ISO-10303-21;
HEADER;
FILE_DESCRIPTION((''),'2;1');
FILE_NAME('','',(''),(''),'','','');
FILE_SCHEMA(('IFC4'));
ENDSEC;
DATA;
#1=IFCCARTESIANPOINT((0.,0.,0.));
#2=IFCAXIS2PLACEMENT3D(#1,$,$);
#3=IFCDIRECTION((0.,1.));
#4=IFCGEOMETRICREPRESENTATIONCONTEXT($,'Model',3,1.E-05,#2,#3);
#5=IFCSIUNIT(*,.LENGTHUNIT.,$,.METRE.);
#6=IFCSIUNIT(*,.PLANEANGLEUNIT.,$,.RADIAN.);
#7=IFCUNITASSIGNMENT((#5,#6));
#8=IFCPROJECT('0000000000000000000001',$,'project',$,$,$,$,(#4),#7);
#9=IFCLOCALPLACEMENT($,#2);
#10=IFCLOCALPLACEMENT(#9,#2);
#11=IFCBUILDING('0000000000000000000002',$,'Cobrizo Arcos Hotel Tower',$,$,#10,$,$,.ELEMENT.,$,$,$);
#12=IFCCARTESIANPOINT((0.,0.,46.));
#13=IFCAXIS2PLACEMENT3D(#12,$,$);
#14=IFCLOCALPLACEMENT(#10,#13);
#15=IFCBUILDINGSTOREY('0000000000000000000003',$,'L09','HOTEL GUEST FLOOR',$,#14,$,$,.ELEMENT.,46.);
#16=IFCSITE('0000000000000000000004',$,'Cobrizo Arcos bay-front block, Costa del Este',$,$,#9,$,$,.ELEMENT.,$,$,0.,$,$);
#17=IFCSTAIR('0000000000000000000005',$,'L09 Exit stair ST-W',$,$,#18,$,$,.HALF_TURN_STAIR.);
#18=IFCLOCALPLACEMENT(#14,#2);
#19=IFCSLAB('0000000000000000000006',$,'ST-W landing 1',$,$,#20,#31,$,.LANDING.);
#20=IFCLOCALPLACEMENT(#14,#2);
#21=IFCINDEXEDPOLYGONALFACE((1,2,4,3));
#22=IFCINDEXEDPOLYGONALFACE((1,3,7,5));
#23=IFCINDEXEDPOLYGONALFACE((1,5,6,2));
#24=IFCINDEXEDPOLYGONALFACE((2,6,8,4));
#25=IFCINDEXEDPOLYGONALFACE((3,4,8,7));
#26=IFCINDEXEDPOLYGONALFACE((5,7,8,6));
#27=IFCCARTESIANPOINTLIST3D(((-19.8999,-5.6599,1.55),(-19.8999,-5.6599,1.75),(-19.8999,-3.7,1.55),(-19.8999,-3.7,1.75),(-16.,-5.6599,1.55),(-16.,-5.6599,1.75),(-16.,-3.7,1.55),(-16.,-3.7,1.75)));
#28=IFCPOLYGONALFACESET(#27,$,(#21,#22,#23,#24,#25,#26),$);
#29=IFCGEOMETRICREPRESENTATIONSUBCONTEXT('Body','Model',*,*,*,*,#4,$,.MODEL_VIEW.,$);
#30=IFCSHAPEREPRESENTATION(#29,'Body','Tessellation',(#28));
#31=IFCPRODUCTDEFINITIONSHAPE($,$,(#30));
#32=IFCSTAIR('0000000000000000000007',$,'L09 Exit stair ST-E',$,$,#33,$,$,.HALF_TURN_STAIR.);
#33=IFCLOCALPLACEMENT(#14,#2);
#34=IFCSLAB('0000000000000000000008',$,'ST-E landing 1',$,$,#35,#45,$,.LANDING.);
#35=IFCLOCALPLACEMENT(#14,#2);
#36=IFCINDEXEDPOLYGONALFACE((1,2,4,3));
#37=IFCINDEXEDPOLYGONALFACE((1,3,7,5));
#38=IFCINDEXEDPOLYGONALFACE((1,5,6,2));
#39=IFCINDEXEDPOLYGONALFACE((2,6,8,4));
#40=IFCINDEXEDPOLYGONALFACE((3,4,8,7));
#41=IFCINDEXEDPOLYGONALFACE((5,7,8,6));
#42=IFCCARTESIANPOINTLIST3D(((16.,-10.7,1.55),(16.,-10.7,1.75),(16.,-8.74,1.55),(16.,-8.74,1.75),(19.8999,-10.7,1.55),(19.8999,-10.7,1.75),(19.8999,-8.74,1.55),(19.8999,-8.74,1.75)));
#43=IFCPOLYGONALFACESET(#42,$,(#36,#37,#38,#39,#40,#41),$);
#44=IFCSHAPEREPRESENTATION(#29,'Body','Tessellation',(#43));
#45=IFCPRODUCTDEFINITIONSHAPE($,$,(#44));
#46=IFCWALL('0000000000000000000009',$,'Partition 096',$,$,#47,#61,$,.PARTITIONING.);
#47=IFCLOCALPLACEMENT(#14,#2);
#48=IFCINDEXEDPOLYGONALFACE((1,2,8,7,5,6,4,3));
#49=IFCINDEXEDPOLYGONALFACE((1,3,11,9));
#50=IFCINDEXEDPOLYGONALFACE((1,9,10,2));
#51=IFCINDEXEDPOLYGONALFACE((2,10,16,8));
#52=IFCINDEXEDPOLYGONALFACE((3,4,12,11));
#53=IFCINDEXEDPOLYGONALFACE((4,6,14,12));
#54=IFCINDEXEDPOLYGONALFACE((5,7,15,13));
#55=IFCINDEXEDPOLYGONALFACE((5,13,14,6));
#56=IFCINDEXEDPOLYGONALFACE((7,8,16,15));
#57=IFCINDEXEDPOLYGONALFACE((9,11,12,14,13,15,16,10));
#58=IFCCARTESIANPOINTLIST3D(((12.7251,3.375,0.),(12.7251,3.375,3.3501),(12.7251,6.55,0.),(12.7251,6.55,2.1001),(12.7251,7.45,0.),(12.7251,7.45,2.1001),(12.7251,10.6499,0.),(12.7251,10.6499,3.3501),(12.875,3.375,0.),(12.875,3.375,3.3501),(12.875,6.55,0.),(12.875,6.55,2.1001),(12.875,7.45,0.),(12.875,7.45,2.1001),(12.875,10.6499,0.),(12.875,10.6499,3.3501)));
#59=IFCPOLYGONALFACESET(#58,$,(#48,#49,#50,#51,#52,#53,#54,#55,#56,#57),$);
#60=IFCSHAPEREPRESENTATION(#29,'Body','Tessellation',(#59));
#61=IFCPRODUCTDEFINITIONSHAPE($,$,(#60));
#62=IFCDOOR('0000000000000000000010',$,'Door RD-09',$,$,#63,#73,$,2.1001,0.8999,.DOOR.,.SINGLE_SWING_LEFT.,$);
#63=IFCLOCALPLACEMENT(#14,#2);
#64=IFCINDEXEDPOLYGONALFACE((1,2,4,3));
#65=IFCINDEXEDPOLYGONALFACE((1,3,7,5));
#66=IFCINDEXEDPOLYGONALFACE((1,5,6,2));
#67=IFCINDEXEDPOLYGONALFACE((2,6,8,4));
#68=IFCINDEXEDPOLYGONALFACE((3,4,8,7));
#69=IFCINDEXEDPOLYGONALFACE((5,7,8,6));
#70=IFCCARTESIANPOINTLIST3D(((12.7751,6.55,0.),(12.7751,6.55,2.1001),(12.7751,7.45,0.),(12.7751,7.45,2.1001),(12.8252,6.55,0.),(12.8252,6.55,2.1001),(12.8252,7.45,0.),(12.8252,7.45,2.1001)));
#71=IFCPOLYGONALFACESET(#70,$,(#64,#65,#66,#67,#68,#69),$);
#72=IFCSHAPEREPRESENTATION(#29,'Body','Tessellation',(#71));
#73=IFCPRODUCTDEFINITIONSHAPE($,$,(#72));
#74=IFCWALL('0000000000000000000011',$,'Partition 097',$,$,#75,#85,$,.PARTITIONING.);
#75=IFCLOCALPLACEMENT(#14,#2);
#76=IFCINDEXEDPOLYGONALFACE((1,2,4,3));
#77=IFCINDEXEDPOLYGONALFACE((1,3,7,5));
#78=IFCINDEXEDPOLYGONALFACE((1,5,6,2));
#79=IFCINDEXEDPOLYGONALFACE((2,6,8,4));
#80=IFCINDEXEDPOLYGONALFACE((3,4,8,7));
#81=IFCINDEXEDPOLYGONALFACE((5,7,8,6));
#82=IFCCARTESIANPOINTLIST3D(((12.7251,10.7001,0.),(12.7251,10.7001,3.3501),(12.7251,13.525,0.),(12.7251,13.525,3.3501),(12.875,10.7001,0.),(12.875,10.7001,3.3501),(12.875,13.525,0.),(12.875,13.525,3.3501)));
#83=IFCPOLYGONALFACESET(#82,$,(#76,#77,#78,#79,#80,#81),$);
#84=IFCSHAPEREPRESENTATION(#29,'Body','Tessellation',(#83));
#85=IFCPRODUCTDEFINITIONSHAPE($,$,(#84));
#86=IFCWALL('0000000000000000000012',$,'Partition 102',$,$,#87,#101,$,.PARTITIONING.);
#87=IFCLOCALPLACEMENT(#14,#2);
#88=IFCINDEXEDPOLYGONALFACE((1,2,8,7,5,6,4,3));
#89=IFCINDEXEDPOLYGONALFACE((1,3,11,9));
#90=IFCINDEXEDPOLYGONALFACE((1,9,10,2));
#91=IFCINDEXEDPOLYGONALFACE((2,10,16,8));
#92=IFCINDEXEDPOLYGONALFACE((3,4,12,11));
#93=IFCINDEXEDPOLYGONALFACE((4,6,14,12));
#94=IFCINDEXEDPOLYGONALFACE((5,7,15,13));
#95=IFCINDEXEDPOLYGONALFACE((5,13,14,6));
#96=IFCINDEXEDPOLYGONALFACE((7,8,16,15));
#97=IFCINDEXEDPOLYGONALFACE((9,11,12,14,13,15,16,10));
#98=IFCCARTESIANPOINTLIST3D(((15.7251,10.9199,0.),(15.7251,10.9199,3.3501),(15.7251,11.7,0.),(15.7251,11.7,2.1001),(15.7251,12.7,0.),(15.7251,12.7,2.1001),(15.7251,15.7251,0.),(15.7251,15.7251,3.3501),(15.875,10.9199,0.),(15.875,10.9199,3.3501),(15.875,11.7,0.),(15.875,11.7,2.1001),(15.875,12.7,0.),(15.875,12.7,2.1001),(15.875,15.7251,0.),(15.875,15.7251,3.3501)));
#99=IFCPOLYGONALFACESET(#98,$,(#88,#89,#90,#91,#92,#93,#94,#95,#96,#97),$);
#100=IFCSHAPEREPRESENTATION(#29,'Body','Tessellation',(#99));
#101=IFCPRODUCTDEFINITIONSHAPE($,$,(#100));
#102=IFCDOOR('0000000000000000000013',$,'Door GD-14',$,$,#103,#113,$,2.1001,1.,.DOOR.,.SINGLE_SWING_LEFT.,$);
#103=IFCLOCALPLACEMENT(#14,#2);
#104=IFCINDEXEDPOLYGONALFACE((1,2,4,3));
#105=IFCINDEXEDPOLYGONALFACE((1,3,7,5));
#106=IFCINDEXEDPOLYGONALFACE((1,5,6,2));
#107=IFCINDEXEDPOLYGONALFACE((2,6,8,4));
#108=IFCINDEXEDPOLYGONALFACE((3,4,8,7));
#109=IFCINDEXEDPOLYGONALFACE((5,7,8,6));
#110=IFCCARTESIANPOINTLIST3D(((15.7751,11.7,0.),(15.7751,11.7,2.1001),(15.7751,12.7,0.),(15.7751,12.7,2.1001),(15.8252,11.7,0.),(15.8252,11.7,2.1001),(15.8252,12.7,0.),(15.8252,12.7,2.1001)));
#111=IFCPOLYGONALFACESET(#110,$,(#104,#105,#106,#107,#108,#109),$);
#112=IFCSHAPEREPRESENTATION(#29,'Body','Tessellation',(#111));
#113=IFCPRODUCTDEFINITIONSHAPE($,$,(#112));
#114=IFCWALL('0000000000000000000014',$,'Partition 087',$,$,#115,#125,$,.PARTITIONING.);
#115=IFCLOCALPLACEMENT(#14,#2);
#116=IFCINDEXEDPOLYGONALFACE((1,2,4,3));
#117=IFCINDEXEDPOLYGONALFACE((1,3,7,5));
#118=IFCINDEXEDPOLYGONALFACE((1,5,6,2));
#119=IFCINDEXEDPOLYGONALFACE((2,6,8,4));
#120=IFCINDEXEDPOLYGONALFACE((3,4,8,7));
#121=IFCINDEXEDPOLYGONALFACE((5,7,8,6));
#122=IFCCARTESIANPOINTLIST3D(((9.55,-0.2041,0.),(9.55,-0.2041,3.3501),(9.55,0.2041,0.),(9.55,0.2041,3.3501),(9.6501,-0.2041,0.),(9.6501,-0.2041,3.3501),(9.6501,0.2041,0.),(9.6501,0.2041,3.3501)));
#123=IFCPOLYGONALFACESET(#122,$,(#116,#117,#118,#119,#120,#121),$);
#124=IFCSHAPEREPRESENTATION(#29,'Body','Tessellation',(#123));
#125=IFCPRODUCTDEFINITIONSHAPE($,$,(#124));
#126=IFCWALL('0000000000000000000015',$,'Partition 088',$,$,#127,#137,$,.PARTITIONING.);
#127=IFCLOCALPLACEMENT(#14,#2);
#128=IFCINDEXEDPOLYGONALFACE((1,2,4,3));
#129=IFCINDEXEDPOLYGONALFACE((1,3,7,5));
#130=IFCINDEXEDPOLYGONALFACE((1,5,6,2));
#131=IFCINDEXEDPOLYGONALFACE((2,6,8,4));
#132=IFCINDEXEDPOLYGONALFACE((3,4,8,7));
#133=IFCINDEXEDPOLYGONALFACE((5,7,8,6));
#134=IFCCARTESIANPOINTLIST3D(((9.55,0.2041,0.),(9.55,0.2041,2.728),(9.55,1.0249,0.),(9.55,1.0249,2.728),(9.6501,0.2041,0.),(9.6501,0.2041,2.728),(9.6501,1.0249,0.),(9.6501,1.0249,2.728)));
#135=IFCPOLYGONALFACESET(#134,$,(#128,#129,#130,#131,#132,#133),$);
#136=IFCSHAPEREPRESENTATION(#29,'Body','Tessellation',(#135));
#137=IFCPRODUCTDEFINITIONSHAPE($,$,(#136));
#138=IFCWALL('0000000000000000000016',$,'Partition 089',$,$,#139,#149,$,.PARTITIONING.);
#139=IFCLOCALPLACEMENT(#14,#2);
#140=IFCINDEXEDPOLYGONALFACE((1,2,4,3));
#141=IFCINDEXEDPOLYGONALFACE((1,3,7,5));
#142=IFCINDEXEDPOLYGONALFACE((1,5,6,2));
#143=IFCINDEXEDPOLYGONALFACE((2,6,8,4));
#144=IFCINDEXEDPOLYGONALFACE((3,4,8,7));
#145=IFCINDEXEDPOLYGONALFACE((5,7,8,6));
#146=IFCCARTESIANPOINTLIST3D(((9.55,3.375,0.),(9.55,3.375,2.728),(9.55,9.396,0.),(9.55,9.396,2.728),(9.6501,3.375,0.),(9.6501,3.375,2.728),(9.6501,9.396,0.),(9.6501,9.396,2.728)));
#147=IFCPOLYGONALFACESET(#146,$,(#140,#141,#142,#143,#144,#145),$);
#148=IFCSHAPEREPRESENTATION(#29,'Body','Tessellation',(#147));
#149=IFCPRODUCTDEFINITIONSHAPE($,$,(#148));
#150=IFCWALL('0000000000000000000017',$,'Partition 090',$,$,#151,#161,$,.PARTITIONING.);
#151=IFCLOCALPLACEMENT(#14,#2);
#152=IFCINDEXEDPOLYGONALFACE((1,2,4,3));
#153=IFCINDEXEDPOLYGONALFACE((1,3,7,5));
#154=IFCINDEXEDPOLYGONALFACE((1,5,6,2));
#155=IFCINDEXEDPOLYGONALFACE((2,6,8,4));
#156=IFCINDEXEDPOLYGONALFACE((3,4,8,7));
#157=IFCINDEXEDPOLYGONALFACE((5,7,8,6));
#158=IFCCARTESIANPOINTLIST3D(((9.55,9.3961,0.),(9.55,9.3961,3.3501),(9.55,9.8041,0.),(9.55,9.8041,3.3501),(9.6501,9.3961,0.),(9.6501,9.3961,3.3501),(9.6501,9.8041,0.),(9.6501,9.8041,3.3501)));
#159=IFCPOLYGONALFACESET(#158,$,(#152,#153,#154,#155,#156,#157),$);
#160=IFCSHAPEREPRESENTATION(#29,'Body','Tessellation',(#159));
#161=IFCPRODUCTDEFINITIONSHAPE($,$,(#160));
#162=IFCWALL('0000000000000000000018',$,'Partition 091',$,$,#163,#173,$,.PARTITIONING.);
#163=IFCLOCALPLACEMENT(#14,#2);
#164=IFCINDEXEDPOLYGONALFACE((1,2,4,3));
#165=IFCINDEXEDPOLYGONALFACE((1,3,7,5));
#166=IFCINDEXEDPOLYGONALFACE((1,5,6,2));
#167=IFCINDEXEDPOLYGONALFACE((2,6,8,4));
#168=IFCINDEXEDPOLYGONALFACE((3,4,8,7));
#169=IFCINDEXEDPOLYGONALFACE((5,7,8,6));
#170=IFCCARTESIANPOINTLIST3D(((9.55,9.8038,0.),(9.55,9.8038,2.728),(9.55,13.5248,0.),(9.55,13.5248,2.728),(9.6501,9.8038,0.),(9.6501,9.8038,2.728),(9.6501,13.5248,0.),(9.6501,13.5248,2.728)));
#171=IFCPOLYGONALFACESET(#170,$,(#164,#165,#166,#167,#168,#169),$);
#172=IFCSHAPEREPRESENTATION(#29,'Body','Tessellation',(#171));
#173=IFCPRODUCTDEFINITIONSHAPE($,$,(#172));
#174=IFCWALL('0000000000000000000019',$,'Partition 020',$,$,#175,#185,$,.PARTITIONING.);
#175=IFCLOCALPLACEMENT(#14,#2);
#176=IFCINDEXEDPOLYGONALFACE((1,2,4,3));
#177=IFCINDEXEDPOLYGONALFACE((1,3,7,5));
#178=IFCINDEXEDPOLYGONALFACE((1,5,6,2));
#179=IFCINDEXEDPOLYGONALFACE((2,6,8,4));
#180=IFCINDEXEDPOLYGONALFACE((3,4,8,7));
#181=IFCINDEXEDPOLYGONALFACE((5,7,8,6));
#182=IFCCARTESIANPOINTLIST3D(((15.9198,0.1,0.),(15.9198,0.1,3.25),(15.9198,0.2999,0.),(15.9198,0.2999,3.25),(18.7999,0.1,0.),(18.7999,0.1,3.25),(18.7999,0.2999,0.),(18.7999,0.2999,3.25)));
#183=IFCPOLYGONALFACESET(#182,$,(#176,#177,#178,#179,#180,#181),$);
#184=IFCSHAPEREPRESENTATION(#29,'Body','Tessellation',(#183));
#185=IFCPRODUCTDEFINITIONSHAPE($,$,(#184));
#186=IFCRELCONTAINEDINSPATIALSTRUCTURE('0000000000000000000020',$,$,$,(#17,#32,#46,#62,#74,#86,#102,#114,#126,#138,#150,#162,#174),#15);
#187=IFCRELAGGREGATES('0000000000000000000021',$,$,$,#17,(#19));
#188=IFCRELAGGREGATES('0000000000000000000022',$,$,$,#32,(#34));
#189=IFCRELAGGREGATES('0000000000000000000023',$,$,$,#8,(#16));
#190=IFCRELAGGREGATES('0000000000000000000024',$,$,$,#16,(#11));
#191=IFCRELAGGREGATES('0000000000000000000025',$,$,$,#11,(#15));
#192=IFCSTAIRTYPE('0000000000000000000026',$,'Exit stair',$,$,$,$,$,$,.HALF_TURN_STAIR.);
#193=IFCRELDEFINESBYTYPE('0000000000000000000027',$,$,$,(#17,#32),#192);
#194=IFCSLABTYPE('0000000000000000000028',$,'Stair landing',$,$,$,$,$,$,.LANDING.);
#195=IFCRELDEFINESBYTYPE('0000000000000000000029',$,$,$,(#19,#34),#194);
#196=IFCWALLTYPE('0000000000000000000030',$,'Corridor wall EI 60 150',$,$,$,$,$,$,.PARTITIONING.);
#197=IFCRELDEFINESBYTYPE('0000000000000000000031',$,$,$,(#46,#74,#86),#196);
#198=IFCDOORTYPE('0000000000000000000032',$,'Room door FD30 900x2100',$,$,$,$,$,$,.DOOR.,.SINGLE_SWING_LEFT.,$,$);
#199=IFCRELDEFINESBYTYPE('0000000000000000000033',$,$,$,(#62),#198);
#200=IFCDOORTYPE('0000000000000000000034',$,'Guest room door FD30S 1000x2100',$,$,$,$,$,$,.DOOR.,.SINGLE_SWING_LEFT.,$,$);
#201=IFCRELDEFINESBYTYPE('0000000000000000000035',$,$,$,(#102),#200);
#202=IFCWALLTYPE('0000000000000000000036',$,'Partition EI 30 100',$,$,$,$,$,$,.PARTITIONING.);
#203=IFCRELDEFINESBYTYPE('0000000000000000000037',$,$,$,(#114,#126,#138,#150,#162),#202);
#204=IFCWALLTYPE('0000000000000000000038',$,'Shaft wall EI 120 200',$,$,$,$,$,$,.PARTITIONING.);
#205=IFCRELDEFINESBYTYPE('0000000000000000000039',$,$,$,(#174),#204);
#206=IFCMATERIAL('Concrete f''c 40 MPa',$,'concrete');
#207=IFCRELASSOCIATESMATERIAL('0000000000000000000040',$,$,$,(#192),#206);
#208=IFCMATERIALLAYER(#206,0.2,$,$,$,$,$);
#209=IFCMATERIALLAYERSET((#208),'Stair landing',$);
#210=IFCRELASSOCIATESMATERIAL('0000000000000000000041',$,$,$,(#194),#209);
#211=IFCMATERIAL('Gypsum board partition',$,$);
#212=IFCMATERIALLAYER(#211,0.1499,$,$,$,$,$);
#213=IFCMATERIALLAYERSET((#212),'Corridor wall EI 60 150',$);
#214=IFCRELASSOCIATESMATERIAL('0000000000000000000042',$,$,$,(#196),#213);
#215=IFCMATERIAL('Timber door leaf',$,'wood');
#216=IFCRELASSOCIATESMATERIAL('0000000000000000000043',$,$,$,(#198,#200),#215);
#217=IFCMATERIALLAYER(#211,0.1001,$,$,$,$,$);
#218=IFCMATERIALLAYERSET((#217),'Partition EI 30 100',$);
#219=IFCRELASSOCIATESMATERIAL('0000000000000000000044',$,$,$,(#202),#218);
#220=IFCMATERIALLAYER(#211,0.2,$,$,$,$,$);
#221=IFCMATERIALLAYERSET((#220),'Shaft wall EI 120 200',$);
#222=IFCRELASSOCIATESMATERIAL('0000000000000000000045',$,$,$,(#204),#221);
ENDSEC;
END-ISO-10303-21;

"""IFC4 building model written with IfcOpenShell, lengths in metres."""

from ifc_helpers import new_model, si_unit, direction, frame, frame_2d, origin, place, context, subcontext, project, spatial, polyline, rectangle, outline, extrude, material, layer, layer_set, type_object, element, fill, aggregate, save


model = new_model("IFC4")

# Units and contexts
model_context = context("Model", 3, precision=1e-05, world=origin(), true_north=direction((0.0, 1.0)))
body_context = subcontext(model_context, "Body", "Model", "MODEL_VIEW")
ifc_project = project(units=[si_unit("LENGTHUNIT", "METRE"), si_unit("PLANEANGLEUNIT", "RADIAN")], contexts=[model_context])

# Site, building, storey
site_placement = place(None, origin())
site = spatial("IfcSite", under=ifc_project, at=site_placement, Name="Cobrizo Arcos bay-front block, Costa del Este", CompositionType="ELEMENT", RefElevation=0.0)
building_placement = place(site_placement, origin())
building = spatial("IfcBuilding", under=site, at=building_placement, Name="Cobrizo Arcos Hotel Tower", CompositionType="ELEMENT")
storey_placement = place(building_placement, frame((0.0, 0.0, 46.0)))
storey = spatial("IfcBuildingStorey", under=building, at=storey_placement, Name="L09", Description="HOTEL GUEST FLOOR", CompositionType="ELEMENT", Elevation=46.0)

# Stairs, slabs
ifc_material_1 = material(Name="Concrete f'c 40 MPa", Category="concrete")
stair_type = type_object("IfcStairType", Name="Exit stair", PredefinedType="HALF_TURN_STAIR", material=ifc_material_1)
stair_1_placement = place(storey_placement, origin())
stair_1 = element("IfcStair", 1, at=stair_1_placement, inside=storey, type_object=stair_type, Name="L09 Exit stair ST-W", PredefinedType="HALF_TURN_STAIR")
ifc_layer_1 = layer(ifc_material_1, 0.2)
ifc_layer_set_1 = layer_set([ifc_layer_1], Name="Stair landing")
slab_type_1 = type_object("IfcSlabType", Name="Stair landing", PredefinedType="LANDING", material=ifc_layer_set_1)
slab_1_placement = place(storey_placement, frame((0.0, 0.0, 1.55)))
slab_1 = element("IfcSlab", 2, at=slab_1_placement, type_object=slab_type_1, Name="ST-W landing 1", PredefinedType="LANDING", context=body_context, shape_type="SweptSolid", body=[
    extrude(outline(polyline([(-16.0, -5.6599), (-16.0, -3.7), (-19.8999, -3.7), (-19.8999, -5.6599), (-16.0, -5.6599)])), origin(), (0.0, 0.0, 1.0), 0.2),
])
aggregate(stair_1, [slab_1])
stair_2_placement = place(storey_placement, origin())
stair_2 = element("IfcStair", 3, at=stair_2_placement, inside=storey, type_object=stair_type, Name="L09 Exit stair ST-E", PredefinedType="HALF_TURN_STAIR")
slab_2_placement = place(storey_placement, frame((0.0, 0.0, 1.55)))
slab_2 = element("IfcSlab", 4, at=slab_2_placement, type_object=slab_type_1, Name="ST-E landing 1", PredefinedType="LANDING", context=body_context, shape_type="SweptSolid", body=[
    extrude(outline(polyline([(16.0, -8.74), (16.0, -10.7), (19.8999, -10.7), (19.8999, -8.74), (16.0, -8.74)])), origin(), (0.0, 0.0, 1.0), 0.2),
])
aggregate(stair_2, [slab_2])

# Wall, opening, door
ifc_material_2 = material(Name="Gypsum board partition")
ifc_layer_2 = layer(ifc_material_2, 0.1499)
ifc_layer_set_2 = layer_set([ifc_layer_2], Name="Corridor wall EI 60 150")
wall_type_1 = type_object("IfcWallType", Name="Corridor wall EI 60 150", PredefinedType="PARTITIONING", material=ifc_layer_set_2)
wall_1_placement = place(storey_placement, frame((12.8, 3.375, 0.0), z_axis=(0.0, 0.0, 1.0), x_axis=(0.0, 1.0, 0.0)))
wall_1 = element("IfcWall", 5, at=wall_1_placement, inside=storey, type_object=wall_type_1, Name="Partition 096", PredefinedType="PARTITIONING", context=body_context, shape_type="SweptSolid", body=[
    extrude(rectangle(XDim=7.2749, YDim=0.1499, at=frame_2d((3.6375, 0.0))), origin(), (0.0, 0.0, 1.0), 3.3501),
])
opening_1_placement = place(wall_1_placement, frame((3.175, 0.0, 0.0)))
opening_1 = element("IfcOpeningElement", 6, at=opening_1_placement, cuts=wall_1, PredefinedType="OPENING", context=body_context, shape_type="SweptSolid", body=[
    extrude(rectangle(XDim=0.8999, YDim=2.1001, at=frame_2d((0.45, 1.05))), frame((0.0, 0.0869, 0.0), z_axis=(0.0, -1.0, 0.0), x_axis=(1.0, 0.0, 0.0)), (0.0, 0.0, 1.0), 0.1738),
])
ifc_material_3 = material(Name="Timber door leaf", Category="wood")
door_type_1 = type_object("IfcDoorType", Name="Room door FD30 900x2100", OperationType="SINGLE_SWING_LEFT", PredefinedType="DOOR", material=ifc_material_3)
door_1_placement = place(opening_1_placement, origin())
door_1 = element("IfcDoor", 7, at=door_1_placement, inside=storey, type_object=door_type_1, Name="Door RD-09", OperationType="SINGLE_SWING_LEFT", OverallHeight=2.1001, OverallWidth=0.8999, PredefinedType="DOOR", context=body_context, shape_type="SweptSolid", body=[
    extrude(rectangle(XDim=0.8999, YDim=2.1001, at=frame_2d((0.45, 1.05))), frame((0.0, 0.0249, 0.0), z_axis=(0.0, -1.0, 0.0), x_axis=(1.0, 0.0, 0.0)), (0.0, 0.0, 1.0), 0.05),
])
fill(opening_1, door_1)

# Wall
wall_2_placement = place(storey_placement, frame((12.8, 10.7, 0.0), z_axis=(0.0, 0.0, 1.0), x_axis=(0.0, 1.0, 0.0)))
element("IfcWall", 8, at=wall_2_placement, inside=storey, type_object=wall_type_1, Name="Partition 097", PredefinedType="PARTITIONING", context=body_context, shape_type="SweptSolid", body=[
    extrude(rectangle(XDim=2.825, YDim=0.1499, at=frame_2d((1.4126, 0.0))), origin(), (0.0, 0.0, 1.0), 3.3501),
])

# Wall, opening, door
wall_3_placement = place(storey_placement, frame((15.8, 10.9199, 0.0), z_axis=(0.0, 0.0, 1.0), x_axis=(0.0, 1.0, 0.0)))
wall_3 = element("IfcWall", 9, at=wall_3_placement, inside=storey, type_object=wall_type_1, Name="Partition 102", PredefinedType="PARTITIONING", context=body_context, shape_type="SweptSolid", body=[
    extrude(rectangle(XDim=4.8052, YDim=0.1499, at=frame_2d((2.4026, 0.0))), origin(), (0.0, 0.0, 1.0), 3.3501),
])
opening_2_placement = place(wall_3_placement, frame((0.78, 0.0, 0.0)))
opening_2 = element("IfcOpeningElement", 10, at=opening_2_placement, cuts=wall_3, PredefinedType="OPENING", context=body_context, shape_type="SweptSolid", body=[
    extrude(rectangle(XDim=1.0, YDim=2.1001, at=frame_2d((0.5, 1.05))), frame((0.0, 0.0869, 0.0), z_axis=(0.0, -1.0, 0.0), x_axis=(1.0, 0.0, 0.0)), (0.0, 0.0, 1.0), 0.1738),
])
door_type_2 = type_object("IfcDoorType", Name="Guest room door FD30S 1000x2100", OperationType="SINGLE_SWING_LEFT", PredefinedType="DOOR", material=ifc_material_3)
door_2_placement = place(opening_2_placement, origin())
door_2 = element("IfcDoor", 11, at=door_2_placement, inside=storey, type_object=door_type_2, Name="Door GD-14", OperationType="SINGLE_SWING_LEFT", OverallHeight=2.1001, OverallWidth=1.0, PredefinedType="DOOR", context=body_context, shape_type="SweptSolid", body=[
    extrude(rectangle(XDim=1.0, YDim=2.1001, at=frame_2d((0.5, 1.05))), frame((0.0, 0.0249, 0.0), z_axis=(0.0, -1.0, 0.0), x_axis=(1.0, 0.0, 0.0)), (0.0, 0.0, 1.0), 0.05),
])
fill(opening_2, door_2)

# Walls
ifc_layer_3 = layer(ifc_material_2, 0.1001)
ifc_layer_set_3 = layer_set([ifc_layer_3], Name="Partition EI 30 100")
wall_type_2 = type_object("IfcWallType", Name="Partition EI 30 100", PredefinedType="PARTITIONING", material=ifc_layer_set_3)
wall_4_placement = place(storey_placement, frame((9.6001, -0.2041, 0.0), z_axis=(0.0, 0.0, 1.0), x_axis=(0.0, 1.0, 0.0)))
element("IfcWall", 12, at=wall_4_placement, inside=storey, type_object=wall_type_2, Name="Partition 087", PredefinedType="PARTITIONING", context=body_context, shape_type="SweptSolid", body=[
    extrude(rectangle(XDim=0.4082, YDim=0.1001, at=frame_2d((0.2041, 0.0))), origin(), (0.0, 0.0, 1.0), 3.3501),
])
wall_5_placement = place(storey_placement, frame((9.6001, 0.2041, 0.0), z_axis=(0.0, 0.0, 1.0), x_axis=(0.0, 1.0, 0.0)))
element("IfcWall", 13, at=wall_5_placement, inside=storey, type_object=wall_type_2, Name="Partition 088", PredefinedType="PARTITIONING", context=body_context, shape_type="SweptSolid", body=[
    extrude(rectangle(XDim=0.8208, YDim=0.1001, at=frame_2d((0.4104, 0.0))), origin(), (0.0, 0.0, 1.0), 2.728),
])
wall_6_placement = place(storey_placement, frame((9.6001, 3.375, 0.0), z_axis=(0.0, 0.0, 1.0), x_axis=(0.0, 1.0, 0.0)))
element("IfcWall", 14, at=wall_6_placement, inside=storey, type_object=wall_type_2, Name="Partition 089", PredefinedType="PARTITIONING", context=body_context, shape_type="SweptSolid", body=[
    extrude(rectangle(XDim=6.021, YDim=0.1001, at=frame_2d((3.0105, 0.0))), origin(), (0.0, 0.0, 1.0), 2.728),
])
wall_7_placement = place(storey_placement, frame((9.6001, 9.396, 0.0), z_axis=(0.0, 0.0, 1.0), x_axis=(0.0, 1.0, 0.0)))
element("IfcWall", 15, at=wall_7_placement, inside=storey, type_object=wall_type_2, Name="Partition 090", PredefinedType="PARTITIONING", context=body_context, shape_type="SweptSolid", body=[
    extrude(rectangle(XDim=0.408, YDim=0.1001, at=frame_2d((0.2041, 0.0))), origin(), (0.0, 0.0, 1.0), 3.3501),
])
wall_8_placement = place(storey_placement, frame((9.6001, 9.804, 0.0), z_axis=(0.0, 0.0, 1.0), x_axis=(0.0, 1.0, 0.0)))
element("IfcWall", 16, at=wall_8_placement, inside=storey, type_object=wall_type_2, Name="Partition 091", PredefinedType="PARTITIONING", context=body_context, shape_type="SweptSolid", body=[
    extrude(rectangle(XDim=3.7209, YDim=0.1001, at=frame_2d((1.8604, 0.0))), origin(), (0.0, 0.0, 1.0), 2.728),
])
ifc_layer_4 = layer(ifc_material_2, 0.2)
ifc_layer_set_4 = layer_set([ifc_layer_4], Name="Shaft wall EI 120 200")
wall_type_3 = type_object("IfcWallType", Name="Shaft wall EI 120 200", PredefinedType="PARTITIONING", material=ifc_layer_set_4)
wall_9_placement = place(storey_placement, frame((15.9199, 0.2, 0.0), z_axis=(0.0, 0.0, 1.0), x_axis=(1.0, 0.0, 0.0)))
element("IfcWall", 17, at=wall_9_placement, inside=storey, type_object=wall_type_3, Name="Partition 020", PredefinedType="PARTITIONING", context=body_context, shape_type="SweptSolid", body=[
    extrude(rectangle(XDim=2.8801, YDim=0.2, at=frame_2d((1.4399, 0.0))), origin(), (0.0, 0.0, 1.0), 3.25),
])

save(model, "model.ifc")
